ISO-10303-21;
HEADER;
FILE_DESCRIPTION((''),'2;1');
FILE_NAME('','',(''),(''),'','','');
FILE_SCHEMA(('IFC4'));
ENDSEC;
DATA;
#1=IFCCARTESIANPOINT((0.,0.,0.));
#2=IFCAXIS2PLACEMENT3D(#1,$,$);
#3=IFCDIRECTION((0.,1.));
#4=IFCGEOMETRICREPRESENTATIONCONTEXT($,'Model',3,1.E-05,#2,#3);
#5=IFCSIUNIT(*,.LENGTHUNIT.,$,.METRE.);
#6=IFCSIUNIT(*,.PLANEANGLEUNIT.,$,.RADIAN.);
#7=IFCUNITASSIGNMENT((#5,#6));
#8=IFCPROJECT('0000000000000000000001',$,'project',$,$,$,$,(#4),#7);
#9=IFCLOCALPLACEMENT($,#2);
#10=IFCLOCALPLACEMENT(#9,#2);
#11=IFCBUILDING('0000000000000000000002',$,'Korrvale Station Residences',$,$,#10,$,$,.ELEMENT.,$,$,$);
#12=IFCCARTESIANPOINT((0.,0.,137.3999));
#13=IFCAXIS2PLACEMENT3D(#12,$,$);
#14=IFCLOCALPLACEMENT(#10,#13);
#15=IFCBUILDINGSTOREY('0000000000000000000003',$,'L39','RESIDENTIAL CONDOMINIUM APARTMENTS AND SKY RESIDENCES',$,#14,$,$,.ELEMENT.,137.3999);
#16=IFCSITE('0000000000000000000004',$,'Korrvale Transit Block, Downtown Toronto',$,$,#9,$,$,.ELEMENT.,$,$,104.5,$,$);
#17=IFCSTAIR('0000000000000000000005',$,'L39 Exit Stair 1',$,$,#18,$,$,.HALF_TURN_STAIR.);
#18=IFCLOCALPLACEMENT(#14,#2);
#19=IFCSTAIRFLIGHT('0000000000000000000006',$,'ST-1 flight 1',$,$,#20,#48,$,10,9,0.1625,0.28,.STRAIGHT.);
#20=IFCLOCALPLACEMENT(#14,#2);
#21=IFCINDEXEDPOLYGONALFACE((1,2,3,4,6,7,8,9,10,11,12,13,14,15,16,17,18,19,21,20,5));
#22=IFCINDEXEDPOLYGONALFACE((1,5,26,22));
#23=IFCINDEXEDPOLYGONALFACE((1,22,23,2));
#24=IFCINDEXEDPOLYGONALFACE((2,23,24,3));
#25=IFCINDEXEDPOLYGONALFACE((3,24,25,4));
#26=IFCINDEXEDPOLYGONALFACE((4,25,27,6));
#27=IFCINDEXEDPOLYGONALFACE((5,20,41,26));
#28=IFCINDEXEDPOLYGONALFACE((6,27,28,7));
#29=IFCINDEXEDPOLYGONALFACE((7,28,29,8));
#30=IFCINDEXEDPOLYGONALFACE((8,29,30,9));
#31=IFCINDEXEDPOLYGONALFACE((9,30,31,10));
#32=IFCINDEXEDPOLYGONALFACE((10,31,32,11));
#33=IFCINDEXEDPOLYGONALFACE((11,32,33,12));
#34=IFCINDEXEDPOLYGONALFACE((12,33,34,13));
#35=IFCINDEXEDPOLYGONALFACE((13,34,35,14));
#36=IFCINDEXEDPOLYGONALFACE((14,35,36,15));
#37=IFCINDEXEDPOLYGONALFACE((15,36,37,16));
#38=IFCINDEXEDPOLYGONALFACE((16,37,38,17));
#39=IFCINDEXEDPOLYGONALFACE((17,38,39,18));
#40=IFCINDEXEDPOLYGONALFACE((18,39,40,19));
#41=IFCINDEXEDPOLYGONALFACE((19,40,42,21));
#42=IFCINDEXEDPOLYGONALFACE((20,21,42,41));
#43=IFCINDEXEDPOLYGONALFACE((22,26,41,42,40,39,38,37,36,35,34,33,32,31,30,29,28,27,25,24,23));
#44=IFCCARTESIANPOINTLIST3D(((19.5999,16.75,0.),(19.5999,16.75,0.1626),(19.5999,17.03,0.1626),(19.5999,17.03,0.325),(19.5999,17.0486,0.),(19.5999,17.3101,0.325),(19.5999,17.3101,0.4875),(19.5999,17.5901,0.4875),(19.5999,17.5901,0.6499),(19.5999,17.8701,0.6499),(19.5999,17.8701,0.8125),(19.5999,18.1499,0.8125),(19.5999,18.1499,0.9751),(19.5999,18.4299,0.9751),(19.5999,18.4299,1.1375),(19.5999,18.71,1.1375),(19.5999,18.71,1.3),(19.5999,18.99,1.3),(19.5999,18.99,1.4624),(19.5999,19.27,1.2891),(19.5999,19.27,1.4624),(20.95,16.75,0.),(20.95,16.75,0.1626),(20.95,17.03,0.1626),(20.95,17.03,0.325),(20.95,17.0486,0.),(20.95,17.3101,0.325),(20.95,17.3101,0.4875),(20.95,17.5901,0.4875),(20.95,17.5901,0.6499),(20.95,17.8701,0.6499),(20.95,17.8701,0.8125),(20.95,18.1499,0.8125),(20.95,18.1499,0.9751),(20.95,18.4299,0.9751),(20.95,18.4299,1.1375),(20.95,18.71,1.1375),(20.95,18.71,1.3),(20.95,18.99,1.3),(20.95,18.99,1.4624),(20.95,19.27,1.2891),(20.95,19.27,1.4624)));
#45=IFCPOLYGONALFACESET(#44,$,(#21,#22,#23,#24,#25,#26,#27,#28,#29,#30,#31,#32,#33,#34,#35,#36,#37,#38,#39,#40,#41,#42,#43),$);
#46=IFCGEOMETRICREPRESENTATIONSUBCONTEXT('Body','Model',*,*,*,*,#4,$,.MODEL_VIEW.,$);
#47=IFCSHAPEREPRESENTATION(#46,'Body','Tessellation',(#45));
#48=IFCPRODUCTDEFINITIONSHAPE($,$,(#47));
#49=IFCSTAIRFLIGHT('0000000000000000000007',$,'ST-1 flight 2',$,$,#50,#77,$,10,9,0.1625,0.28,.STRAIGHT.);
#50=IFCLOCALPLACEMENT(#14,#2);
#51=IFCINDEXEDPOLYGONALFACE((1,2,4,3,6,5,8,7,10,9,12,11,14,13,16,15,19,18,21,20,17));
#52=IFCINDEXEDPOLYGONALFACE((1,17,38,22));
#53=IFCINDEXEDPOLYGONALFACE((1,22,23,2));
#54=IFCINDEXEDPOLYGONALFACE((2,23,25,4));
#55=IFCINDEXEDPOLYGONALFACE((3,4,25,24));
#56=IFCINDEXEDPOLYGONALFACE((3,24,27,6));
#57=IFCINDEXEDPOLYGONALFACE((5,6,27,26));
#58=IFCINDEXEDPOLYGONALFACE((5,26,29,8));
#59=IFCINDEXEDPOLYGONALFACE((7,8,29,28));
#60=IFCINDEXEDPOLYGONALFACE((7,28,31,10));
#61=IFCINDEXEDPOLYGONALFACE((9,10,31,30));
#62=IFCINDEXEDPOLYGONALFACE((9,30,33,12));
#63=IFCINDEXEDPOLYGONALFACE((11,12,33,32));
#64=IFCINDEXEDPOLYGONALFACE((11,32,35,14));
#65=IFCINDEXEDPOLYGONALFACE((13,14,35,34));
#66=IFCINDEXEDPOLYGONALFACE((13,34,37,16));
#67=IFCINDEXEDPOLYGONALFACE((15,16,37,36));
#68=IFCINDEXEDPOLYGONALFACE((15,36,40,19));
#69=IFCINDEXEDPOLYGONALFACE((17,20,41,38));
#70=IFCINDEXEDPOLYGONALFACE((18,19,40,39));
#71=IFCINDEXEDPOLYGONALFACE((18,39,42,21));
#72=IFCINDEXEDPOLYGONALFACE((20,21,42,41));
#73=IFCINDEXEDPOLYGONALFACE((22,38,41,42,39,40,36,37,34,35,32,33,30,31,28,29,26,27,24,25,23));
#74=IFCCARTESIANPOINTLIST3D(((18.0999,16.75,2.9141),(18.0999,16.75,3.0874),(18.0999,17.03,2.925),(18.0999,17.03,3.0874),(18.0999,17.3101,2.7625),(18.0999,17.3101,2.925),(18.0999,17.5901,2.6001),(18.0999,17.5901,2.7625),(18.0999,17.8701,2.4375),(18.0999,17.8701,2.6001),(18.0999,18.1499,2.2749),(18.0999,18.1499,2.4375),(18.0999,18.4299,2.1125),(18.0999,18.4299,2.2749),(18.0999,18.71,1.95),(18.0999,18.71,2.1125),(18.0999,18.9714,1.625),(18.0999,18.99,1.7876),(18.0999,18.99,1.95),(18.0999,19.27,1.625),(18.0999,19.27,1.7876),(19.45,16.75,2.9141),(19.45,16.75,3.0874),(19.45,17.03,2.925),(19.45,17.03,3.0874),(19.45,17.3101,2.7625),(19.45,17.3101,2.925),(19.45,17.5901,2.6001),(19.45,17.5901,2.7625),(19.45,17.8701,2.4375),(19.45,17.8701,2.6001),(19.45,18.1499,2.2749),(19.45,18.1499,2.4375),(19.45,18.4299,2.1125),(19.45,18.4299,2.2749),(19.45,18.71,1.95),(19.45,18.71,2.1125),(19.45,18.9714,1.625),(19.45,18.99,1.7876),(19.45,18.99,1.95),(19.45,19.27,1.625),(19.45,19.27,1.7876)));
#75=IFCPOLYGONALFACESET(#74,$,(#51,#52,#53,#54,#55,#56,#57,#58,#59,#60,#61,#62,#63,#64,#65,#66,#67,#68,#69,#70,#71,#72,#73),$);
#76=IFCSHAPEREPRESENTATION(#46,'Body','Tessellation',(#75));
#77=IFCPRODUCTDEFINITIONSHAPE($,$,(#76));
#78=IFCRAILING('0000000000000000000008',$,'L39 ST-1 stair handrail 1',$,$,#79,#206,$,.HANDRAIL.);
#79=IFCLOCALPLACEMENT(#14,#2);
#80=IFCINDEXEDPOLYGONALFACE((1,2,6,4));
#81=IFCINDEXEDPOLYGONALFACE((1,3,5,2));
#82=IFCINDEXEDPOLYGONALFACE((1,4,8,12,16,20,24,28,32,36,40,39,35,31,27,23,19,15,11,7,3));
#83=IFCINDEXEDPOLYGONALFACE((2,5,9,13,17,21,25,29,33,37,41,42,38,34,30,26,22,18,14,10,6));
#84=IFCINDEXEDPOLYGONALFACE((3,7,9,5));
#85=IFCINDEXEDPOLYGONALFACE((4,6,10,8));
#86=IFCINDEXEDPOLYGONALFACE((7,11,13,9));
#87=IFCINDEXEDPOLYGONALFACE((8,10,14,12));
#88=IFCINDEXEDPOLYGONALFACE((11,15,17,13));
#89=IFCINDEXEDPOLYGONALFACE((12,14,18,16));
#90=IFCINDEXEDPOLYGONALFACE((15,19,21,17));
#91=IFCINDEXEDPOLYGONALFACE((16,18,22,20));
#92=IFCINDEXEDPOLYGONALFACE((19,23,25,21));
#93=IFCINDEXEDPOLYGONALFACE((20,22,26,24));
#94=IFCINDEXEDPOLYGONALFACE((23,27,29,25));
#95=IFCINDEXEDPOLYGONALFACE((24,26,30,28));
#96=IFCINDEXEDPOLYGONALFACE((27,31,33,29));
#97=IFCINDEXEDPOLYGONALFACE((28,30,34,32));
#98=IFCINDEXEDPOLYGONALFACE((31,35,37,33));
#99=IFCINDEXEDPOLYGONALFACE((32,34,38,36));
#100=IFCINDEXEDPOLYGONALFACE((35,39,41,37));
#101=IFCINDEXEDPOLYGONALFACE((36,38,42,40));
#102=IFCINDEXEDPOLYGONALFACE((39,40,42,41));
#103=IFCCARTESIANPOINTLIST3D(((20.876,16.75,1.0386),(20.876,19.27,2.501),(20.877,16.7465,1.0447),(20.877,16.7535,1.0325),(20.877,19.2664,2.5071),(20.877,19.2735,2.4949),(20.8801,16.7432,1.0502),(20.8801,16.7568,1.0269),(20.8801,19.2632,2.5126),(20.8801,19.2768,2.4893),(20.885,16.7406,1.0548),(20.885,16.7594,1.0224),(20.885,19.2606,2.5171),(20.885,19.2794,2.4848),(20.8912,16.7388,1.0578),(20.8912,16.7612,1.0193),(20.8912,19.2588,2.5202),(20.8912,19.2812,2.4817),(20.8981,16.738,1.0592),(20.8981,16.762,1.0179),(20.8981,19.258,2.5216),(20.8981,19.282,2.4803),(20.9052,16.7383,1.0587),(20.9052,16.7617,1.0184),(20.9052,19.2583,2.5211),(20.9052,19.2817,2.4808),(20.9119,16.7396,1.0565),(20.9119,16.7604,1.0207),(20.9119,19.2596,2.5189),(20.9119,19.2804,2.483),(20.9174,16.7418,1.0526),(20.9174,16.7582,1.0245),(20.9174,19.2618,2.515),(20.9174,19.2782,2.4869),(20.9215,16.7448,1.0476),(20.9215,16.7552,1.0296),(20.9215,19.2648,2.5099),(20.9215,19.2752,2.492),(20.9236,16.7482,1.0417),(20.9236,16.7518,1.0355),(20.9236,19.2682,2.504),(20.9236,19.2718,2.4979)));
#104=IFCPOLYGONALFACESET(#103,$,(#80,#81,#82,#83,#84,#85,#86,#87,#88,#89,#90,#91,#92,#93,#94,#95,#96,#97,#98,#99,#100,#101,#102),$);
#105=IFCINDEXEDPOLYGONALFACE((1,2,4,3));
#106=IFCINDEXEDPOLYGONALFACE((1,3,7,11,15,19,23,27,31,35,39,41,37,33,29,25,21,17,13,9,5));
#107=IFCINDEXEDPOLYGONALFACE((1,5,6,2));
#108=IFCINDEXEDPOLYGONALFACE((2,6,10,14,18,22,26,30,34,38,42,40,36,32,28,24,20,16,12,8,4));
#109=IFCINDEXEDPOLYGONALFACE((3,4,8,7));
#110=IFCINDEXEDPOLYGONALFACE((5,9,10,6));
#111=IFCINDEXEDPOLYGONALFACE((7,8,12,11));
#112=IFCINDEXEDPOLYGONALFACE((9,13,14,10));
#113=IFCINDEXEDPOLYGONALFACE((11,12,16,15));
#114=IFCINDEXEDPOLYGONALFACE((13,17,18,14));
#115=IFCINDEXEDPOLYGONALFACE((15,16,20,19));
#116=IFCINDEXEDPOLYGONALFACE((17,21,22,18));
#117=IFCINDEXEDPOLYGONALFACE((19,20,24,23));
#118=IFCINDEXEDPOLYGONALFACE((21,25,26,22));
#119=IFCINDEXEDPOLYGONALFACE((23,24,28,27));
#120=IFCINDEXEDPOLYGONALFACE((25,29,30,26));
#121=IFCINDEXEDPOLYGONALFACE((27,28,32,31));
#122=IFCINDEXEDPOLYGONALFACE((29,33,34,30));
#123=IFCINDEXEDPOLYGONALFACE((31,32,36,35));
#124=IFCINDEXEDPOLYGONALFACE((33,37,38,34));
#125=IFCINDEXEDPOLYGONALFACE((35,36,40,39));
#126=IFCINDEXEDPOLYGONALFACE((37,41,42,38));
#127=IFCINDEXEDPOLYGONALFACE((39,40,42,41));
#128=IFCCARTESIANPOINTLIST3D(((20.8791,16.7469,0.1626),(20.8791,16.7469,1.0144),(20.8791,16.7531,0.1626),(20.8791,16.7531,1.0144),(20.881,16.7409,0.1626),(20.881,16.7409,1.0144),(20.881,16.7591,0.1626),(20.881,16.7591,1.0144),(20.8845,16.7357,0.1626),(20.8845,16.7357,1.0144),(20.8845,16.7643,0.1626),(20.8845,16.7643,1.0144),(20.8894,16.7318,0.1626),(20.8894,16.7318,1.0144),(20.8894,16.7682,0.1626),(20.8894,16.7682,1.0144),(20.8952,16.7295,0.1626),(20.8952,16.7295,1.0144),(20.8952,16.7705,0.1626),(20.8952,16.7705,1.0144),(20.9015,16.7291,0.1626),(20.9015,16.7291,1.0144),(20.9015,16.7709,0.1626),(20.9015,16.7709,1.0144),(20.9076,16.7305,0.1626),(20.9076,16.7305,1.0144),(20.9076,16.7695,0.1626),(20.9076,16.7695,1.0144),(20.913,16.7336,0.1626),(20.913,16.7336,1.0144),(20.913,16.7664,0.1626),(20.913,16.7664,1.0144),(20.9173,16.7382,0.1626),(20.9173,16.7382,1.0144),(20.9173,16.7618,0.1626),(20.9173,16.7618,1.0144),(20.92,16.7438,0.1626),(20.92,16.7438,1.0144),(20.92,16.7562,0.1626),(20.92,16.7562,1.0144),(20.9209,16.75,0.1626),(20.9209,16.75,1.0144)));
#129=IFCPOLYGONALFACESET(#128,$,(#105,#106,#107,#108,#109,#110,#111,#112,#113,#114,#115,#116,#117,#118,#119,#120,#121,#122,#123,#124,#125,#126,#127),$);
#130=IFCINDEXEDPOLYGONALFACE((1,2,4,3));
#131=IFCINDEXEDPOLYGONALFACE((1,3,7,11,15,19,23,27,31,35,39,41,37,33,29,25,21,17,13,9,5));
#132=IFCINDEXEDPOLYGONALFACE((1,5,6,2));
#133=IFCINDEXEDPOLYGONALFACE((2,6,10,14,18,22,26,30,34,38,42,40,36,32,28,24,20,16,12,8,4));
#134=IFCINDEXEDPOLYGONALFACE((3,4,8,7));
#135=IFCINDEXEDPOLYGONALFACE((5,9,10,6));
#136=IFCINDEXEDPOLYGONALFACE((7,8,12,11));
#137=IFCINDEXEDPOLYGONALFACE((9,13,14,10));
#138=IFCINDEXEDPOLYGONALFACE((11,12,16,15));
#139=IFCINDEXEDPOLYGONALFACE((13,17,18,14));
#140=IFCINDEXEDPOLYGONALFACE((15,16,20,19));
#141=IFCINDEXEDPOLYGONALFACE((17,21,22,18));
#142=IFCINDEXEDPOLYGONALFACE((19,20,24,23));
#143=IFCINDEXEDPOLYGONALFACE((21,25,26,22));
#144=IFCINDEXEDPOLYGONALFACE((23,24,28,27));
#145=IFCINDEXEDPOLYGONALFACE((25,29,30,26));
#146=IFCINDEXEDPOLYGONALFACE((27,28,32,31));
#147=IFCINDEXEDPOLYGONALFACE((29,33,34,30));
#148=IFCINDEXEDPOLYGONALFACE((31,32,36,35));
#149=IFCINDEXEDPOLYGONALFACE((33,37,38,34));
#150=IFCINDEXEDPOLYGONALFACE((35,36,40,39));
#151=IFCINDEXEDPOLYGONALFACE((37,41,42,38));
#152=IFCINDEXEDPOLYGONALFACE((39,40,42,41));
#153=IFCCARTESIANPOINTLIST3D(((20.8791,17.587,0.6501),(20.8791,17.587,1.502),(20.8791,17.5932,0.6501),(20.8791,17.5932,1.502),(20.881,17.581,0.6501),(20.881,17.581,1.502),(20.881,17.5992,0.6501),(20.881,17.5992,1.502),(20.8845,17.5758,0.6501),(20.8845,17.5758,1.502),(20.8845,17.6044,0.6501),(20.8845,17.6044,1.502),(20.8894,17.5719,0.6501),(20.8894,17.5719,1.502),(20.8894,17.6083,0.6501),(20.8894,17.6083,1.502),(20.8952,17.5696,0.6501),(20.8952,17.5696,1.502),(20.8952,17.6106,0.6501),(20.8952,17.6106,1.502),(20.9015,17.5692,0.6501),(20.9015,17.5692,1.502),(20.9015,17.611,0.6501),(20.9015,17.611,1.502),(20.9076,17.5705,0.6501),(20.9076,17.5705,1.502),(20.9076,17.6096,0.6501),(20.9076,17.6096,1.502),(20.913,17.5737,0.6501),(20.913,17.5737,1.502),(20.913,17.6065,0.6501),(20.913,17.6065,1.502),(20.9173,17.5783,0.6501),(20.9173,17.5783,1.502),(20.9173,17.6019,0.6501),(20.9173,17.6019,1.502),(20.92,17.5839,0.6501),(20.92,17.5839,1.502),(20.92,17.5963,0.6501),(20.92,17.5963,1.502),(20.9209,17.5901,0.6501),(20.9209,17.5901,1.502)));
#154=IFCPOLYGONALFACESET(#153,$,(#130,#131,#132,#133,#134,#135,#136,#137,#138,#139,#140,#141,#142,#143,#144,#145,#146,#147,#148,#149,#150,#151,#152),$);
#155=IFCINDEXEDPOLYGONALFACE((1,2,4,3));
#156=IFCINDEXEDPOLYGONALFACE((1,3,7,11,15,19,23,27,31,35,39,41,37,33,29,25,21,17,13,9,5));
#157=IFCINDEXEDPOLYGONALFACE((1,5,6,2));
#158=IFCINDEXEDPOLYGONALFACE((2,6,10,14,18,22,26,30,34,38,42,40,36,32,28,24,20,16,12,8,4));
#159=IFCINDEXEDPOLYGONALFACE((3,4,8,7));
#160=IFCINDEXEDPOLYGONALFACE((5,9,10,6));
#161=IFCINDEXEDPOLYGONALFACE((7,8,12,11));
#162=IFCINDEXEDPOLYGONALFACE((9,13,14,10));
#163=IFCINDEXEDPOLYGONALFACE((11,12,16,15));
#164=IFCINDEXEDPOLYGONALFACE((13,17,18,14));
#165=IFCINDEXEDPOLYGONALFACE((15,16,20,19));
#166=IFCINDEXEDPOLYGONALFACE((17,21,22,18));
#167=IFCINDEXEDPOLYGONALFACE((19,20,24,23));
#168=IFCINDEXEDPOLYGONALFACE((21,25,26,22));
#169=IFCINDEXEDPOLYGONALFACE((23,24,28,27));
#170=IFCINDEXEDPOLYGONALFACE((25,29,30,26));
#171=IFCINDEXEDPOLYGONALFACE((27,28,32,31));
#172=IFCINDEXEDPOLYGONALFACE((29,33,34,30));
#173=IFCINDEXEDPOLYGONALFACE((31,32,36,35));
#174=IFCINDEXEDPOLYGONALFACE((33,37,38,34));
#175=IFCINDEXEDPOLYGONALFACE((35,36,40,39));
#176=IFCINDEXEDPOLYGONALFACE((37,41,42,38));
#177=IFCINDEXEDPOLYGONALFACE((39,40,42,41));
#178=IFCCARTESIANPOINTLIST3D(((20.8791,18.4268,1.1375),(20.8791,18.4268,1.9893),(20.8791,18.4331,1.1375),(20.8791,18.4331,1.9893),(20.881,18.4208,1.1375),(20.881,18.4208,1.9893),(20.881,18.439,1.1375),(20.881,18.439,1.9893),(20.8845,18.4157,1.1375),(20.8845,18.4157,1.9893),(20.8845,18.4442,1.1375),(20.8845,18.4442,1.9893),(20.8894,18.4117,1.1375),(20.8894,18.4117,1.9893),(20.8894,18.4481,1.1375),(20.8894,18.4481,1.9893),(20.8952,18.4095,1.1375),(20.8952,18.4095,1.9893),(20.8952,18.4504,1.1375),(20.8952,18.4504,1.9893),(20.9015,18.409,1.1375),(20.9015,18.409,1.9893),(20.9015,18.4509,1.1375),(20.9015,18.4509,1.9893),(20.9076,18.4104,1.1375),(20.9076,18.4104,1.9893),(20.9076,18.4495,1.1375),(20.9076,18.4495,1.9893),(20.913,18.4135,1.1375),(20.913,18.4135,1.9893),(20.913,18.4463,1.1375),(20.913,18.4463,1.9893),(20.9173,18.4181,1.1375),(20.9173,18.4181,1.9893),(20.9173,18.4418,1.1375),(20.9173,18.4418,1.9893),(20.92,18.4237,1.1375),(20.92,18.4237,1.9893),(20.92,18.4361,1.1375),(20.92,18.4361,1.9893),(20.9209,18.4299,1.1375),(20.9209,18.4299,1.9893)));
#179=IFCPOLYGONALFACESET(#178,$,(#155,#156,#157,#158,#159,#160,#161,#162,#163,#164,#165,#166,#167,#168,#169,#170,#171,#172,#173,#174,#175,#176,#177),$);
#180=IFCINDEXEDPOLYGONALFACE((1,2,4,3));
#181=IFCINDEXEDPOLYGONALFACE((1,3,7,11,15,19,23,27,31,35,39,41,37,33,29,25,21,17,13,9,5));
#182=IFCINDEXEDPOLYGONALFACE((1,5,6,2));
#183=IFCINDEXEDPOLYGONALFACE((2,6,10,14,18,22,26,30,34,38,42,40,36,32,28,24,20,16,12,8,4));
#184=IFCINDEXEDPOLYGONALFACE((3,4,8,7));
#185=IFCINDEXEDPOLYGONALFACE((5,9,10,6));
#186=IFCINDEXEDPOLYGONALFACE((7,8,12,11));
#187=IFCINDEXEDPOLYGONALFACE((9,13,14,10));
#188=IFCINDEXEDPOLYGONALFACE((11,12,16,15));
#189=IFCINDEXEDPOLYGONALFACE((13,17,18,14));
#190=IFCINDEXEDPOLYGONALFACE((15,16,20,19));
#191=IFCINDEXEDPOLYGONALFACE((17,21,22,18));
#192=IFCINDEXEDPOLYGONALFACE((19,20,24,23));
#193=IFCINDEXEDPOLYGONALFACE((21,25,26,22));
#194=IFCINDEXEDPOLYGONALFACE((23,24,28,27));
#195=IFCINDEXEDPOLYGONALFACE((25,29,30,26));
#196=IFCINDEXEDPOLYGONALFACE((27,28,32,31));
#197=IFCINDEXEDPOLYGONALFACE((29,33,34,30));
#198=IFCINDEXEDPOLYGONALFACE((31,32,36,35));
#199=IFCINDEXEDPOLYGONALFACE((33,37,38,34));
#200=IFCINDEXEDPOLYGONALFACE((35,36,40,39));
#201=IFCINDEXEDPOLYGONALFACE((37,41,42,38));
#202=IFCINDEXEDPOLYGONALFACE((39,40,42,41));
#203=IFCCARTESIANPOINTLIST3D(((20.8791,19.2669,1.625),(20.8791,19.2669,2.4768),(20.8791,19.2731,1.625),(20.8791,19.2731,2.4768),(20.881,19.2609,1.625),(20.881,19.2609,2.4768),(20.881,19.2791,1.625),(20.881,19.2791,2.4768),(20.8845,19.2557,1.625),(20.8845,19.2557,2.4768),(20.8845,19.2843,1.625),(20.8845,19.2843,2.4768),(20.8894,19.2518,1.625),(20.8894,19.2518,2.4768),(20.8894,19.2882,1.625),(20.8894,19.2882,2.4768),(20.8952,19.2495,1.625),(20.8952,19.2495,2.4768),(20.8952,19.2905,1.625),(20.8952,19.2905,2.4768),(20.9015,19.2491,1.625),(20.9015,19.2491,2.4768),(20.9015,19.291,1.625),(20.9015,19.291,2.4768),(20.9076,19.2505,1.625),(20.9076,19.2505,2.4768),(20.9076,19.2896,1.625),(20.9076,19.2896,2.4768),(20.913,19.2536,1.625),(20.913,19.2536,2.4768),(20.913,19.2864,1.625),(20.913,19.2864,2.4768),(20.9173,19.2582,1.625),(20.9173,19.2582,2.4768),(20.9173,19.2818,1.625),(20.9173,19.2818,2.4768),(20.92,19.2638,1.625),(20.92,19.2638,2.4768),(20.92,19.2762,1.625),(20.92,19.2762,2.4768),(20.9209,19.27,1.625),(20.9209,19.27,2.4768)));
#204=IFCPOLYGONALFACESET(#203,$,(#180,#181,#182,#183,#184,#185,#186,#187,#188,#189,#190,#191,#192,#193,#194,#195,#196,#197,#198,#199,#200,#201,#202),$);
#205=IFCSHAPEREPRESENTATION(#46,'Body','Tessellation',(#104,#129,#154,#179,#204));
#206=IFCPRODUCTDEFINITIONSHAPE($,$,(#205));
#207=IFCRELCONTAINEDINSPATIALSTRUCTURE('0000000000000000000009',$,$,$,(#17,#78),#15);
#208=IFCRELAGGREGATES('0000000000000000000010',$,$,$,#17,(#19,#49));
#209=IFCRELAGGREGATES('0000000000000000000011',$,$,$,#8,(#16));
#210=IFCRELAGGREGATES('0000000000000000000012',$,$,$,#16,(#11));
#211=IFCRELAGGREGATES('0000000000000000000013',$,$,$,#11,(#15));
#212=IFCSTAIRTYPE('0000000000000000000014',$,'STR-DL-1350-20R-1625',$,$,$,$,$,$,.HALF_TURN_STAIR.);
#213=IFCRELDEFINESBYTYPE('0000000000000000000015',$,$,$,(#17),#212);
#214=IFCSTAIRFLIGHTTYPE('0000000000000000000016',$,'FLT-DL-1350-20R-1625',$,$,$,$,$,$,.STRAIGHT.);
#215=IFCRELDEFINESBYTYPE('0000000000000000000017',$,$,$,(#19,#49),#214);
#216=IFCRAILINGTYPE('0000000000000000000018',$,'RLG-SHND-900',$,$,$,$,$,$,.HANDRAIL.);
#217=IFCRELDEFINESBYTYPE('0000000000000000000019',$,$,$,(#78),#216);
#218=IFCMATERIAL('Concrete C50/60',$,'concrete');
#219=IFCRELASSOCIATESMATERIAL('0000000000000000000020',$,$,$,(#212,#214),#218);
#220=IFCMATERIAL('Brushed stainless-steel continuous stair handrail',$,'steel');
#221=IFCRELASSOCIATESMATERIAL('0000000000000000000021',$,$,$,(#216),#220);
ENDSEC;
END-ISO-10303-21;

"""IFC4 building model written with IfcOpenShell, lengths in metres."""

from ifc_helpers import new_model, si_unit, direction, frame, origin, origin_2d, place, context, subcontext, project, spatial, polyline, circle, outline, extrude, material, type_object, element, aggregate, save


model = new_model("IFC4")

# Units and contexts
model_context = context("Model", 3, precision=1e-05, world=origin(), true_north=direction((0.0, 1.0)))
body_context = subcontext(model_context, "Body", "Model", "MODEL_VIEW")
ifc_project = project(units=[si_unit("LENGTHUNIT", "METRE"), si_unit("PLANEANGLEUNIT", "RADIAN")], contexts=[model_context])

# Site, building, storey
site_placement = place(None, origin())
site = spatial("IfcSite", under=ifc_project, at=site_placement, Name="Korrvale Transit Block, Downtown Toronto", CompositionType="ELEMENT", RefElevation=104.5)
building_placement = place(site_placement, origin())
building = spatial("IfcBuilding", under=site, at=building_placement, Name="Korrvale Station Residences", CompositionType="ELEMENT")
storey_placement = place(building_placement, frame((0.0, 0.0, 137.3999)))
storey = spatial("IfcBuildingStorey", under=building, at=storey_placement, Name="L39", Description="RESIDENTIAL CONDOMINIUM APARTMENTS AND SKY RESIDENCES", CompositionType="ELEMENT", Elevation=137.3999)

# Stair, stair flights
ifc_material_1 = material(Name="Concrete C50/60", Category="concrete")
stair_type = type_object("IfcStairType", Name="STR-DL-1350-20R-1625", PredefinedType="HALF_TURN_STAIR", material=ifc_material_1)
stair_placement = place(storey_placement, origin())
stair = element("IfcStair", 1, at=stair_placement, inside=storey, type_object=stair_type, Name="L39 Exit Stair 1", PredefinedType="HALF_TURN_STAIR")
stair_flight_type = type_object("IfcStairFlightType", Name="FLT-DL-1350-20R-1625", PredefinedType="STRAIGHT", material=ifc_material_1)
stair_flight_1_placement = place(storey_placement, frame((20.2749, 16.75, 0.0), z_axis=(0.0, 0.0, 1.0), x_axis=(0.0, 1.0, 0.0)))
stair_flight_1 = element("IfcStairFlight", 2, at=stair_flight_1_placement, type_object=stair_flight_type, Name="ST-1 flight 1", NumberOfRisers=10, NumberOfTreads=9, PredefinedType="STRAIGHT", RiserHeight=0.1625, TreadLength=0.28, context=body_context, shape_type="SweptSolid", body=[
    extrude(outline(polyline([(0.0, 0.0), (0.0, 0.1626), (0.28, 0.1626), (0.28, 0.325), (0.5601, 0.325), (0.5601, 0.4875), (0.8401, 0.4875), (0.8401, 0.6499), (1.1201, 0.6499), (1.1201, 0.8125), (1.3999, 0.8125), (1.3999, 0.9751), (1.6799, 0.9751), (1.6799, 1.1375), (1.96, 1.1375), (1.96, 1.3), (2.24, 1.3), (2.24, 1.4624), (2.52, 1.4624), (2.52, 1.625), (2.52, 1.2891), (0.2986, 0.0), (0.0, 0.0)])), frame((0.0, 0.675, 0.0), z_axis=(0.0, -1.0, 0.0), x_axis=(1.0, 0.0, 0.0)), (0.0, 0.0, 1.0), 1.3501),
])
stair_flight_2_placement = place(storey_placement, frame((18.7749, 19.27, 1.625), z_axis=(0.0, 0.0, 1.0), x_axis=(0.0, -1.0, 0.0)))
stair_flight_2 = element("IfcStairFlight", 3, at=stair_flight_2_placement, type_object=stair_flight_type, Name="ST-1 flight 2", NumberOfRisers=10, NumberOfTreads=9, PredefinedType="STRAIGHT", RiserHeight=0.1625, TreadLength=0.28, context=body_context, shape_type="SweptSolid", body=[
    extrude(outline(polyline([(0.0, 0.0), (0.0, 0.1626), (0.28, 0.1626), (0.28, 0.325), (0.5601, 0.325), (0.5601, 0.4875), (0.8401, 0.4875), (0.8401, 0.6499), (1.1201, 0.6499), (1.1201, 0.8125), (1.3999, 0.8125), (1.3999, 0.9751), (1.6799, 0.9751), (1.6799, 1.1375), (1.96, 1.1375), (1.96, 1.3), (2.24, 1.3), (2.24, 1.4624), (2.52, 1.4624), (2.52, 1.625), (2.52, 1.2891), (0.2986, 0.0), (0.0, 0.0)])), frame((0.0, 0.675, 0.0), z_axis=(0.0, -1.0, 0.0), x_axis=(1.0, 0.0, 0.0)), (0.0, 0.0, 1.0), 1.3501),
])
aggregate(stair, [stair_flight_1, stair_flight_2])

# Railing
ifc_material_2 = material(Name="Brushed stainless-steel continuous stair handrail", Category="steel")
railing_type_1 = type_object("IfcRailingType", Name="RLG-SHND-900", PredefinedType="HANDRAIL", material=ifc_material_2)
railing_1_placement = place(storey_placement, frame((20.8999, 16.75, 0.1626)))
element("IfcRailing", 4, at=railing_1_placement, inside=storey, type_object=railing_type_1, Name="L39 ST-1 stair handrail 1", PredefinedType="HANDRAIL", context=body_context, shape_type="SweptSolid", body=[
    extrude(circle(Radius=0.0239, at=origin_2d()), frame((0.0, 0.0, 0.876), z_axis=(0.0, 0.864913, 0.501921), x_axis=(-1.0, 0.0, 0.0)), (0.0, 0.0, 1.0), 2.9136),
    extrude(circle(Radius=0.021, at=origin_2d()), origin(), (0.0, 0.0, 1.0), 0.8518),
    extrude(circle(Radius=0.021, at=origin_2d()), frame((0.0, 0.8401, 0.4875)), (0.0, 0.0, 1.0), 0.8518),
    extrude(circle(Radius=0.021, at=origin_2d()), frame((0.0, 1.6799, 0.9749)), (0.0, 0.0, 1.0), 0.8518),
    extrude(circle(Radius=0.021, at=origin_2d()), frame((0.0, 2.52, 1.4624)), (0.0, 0.0, 1.0), 0.8518),
])

save(model, "model.ifc")
